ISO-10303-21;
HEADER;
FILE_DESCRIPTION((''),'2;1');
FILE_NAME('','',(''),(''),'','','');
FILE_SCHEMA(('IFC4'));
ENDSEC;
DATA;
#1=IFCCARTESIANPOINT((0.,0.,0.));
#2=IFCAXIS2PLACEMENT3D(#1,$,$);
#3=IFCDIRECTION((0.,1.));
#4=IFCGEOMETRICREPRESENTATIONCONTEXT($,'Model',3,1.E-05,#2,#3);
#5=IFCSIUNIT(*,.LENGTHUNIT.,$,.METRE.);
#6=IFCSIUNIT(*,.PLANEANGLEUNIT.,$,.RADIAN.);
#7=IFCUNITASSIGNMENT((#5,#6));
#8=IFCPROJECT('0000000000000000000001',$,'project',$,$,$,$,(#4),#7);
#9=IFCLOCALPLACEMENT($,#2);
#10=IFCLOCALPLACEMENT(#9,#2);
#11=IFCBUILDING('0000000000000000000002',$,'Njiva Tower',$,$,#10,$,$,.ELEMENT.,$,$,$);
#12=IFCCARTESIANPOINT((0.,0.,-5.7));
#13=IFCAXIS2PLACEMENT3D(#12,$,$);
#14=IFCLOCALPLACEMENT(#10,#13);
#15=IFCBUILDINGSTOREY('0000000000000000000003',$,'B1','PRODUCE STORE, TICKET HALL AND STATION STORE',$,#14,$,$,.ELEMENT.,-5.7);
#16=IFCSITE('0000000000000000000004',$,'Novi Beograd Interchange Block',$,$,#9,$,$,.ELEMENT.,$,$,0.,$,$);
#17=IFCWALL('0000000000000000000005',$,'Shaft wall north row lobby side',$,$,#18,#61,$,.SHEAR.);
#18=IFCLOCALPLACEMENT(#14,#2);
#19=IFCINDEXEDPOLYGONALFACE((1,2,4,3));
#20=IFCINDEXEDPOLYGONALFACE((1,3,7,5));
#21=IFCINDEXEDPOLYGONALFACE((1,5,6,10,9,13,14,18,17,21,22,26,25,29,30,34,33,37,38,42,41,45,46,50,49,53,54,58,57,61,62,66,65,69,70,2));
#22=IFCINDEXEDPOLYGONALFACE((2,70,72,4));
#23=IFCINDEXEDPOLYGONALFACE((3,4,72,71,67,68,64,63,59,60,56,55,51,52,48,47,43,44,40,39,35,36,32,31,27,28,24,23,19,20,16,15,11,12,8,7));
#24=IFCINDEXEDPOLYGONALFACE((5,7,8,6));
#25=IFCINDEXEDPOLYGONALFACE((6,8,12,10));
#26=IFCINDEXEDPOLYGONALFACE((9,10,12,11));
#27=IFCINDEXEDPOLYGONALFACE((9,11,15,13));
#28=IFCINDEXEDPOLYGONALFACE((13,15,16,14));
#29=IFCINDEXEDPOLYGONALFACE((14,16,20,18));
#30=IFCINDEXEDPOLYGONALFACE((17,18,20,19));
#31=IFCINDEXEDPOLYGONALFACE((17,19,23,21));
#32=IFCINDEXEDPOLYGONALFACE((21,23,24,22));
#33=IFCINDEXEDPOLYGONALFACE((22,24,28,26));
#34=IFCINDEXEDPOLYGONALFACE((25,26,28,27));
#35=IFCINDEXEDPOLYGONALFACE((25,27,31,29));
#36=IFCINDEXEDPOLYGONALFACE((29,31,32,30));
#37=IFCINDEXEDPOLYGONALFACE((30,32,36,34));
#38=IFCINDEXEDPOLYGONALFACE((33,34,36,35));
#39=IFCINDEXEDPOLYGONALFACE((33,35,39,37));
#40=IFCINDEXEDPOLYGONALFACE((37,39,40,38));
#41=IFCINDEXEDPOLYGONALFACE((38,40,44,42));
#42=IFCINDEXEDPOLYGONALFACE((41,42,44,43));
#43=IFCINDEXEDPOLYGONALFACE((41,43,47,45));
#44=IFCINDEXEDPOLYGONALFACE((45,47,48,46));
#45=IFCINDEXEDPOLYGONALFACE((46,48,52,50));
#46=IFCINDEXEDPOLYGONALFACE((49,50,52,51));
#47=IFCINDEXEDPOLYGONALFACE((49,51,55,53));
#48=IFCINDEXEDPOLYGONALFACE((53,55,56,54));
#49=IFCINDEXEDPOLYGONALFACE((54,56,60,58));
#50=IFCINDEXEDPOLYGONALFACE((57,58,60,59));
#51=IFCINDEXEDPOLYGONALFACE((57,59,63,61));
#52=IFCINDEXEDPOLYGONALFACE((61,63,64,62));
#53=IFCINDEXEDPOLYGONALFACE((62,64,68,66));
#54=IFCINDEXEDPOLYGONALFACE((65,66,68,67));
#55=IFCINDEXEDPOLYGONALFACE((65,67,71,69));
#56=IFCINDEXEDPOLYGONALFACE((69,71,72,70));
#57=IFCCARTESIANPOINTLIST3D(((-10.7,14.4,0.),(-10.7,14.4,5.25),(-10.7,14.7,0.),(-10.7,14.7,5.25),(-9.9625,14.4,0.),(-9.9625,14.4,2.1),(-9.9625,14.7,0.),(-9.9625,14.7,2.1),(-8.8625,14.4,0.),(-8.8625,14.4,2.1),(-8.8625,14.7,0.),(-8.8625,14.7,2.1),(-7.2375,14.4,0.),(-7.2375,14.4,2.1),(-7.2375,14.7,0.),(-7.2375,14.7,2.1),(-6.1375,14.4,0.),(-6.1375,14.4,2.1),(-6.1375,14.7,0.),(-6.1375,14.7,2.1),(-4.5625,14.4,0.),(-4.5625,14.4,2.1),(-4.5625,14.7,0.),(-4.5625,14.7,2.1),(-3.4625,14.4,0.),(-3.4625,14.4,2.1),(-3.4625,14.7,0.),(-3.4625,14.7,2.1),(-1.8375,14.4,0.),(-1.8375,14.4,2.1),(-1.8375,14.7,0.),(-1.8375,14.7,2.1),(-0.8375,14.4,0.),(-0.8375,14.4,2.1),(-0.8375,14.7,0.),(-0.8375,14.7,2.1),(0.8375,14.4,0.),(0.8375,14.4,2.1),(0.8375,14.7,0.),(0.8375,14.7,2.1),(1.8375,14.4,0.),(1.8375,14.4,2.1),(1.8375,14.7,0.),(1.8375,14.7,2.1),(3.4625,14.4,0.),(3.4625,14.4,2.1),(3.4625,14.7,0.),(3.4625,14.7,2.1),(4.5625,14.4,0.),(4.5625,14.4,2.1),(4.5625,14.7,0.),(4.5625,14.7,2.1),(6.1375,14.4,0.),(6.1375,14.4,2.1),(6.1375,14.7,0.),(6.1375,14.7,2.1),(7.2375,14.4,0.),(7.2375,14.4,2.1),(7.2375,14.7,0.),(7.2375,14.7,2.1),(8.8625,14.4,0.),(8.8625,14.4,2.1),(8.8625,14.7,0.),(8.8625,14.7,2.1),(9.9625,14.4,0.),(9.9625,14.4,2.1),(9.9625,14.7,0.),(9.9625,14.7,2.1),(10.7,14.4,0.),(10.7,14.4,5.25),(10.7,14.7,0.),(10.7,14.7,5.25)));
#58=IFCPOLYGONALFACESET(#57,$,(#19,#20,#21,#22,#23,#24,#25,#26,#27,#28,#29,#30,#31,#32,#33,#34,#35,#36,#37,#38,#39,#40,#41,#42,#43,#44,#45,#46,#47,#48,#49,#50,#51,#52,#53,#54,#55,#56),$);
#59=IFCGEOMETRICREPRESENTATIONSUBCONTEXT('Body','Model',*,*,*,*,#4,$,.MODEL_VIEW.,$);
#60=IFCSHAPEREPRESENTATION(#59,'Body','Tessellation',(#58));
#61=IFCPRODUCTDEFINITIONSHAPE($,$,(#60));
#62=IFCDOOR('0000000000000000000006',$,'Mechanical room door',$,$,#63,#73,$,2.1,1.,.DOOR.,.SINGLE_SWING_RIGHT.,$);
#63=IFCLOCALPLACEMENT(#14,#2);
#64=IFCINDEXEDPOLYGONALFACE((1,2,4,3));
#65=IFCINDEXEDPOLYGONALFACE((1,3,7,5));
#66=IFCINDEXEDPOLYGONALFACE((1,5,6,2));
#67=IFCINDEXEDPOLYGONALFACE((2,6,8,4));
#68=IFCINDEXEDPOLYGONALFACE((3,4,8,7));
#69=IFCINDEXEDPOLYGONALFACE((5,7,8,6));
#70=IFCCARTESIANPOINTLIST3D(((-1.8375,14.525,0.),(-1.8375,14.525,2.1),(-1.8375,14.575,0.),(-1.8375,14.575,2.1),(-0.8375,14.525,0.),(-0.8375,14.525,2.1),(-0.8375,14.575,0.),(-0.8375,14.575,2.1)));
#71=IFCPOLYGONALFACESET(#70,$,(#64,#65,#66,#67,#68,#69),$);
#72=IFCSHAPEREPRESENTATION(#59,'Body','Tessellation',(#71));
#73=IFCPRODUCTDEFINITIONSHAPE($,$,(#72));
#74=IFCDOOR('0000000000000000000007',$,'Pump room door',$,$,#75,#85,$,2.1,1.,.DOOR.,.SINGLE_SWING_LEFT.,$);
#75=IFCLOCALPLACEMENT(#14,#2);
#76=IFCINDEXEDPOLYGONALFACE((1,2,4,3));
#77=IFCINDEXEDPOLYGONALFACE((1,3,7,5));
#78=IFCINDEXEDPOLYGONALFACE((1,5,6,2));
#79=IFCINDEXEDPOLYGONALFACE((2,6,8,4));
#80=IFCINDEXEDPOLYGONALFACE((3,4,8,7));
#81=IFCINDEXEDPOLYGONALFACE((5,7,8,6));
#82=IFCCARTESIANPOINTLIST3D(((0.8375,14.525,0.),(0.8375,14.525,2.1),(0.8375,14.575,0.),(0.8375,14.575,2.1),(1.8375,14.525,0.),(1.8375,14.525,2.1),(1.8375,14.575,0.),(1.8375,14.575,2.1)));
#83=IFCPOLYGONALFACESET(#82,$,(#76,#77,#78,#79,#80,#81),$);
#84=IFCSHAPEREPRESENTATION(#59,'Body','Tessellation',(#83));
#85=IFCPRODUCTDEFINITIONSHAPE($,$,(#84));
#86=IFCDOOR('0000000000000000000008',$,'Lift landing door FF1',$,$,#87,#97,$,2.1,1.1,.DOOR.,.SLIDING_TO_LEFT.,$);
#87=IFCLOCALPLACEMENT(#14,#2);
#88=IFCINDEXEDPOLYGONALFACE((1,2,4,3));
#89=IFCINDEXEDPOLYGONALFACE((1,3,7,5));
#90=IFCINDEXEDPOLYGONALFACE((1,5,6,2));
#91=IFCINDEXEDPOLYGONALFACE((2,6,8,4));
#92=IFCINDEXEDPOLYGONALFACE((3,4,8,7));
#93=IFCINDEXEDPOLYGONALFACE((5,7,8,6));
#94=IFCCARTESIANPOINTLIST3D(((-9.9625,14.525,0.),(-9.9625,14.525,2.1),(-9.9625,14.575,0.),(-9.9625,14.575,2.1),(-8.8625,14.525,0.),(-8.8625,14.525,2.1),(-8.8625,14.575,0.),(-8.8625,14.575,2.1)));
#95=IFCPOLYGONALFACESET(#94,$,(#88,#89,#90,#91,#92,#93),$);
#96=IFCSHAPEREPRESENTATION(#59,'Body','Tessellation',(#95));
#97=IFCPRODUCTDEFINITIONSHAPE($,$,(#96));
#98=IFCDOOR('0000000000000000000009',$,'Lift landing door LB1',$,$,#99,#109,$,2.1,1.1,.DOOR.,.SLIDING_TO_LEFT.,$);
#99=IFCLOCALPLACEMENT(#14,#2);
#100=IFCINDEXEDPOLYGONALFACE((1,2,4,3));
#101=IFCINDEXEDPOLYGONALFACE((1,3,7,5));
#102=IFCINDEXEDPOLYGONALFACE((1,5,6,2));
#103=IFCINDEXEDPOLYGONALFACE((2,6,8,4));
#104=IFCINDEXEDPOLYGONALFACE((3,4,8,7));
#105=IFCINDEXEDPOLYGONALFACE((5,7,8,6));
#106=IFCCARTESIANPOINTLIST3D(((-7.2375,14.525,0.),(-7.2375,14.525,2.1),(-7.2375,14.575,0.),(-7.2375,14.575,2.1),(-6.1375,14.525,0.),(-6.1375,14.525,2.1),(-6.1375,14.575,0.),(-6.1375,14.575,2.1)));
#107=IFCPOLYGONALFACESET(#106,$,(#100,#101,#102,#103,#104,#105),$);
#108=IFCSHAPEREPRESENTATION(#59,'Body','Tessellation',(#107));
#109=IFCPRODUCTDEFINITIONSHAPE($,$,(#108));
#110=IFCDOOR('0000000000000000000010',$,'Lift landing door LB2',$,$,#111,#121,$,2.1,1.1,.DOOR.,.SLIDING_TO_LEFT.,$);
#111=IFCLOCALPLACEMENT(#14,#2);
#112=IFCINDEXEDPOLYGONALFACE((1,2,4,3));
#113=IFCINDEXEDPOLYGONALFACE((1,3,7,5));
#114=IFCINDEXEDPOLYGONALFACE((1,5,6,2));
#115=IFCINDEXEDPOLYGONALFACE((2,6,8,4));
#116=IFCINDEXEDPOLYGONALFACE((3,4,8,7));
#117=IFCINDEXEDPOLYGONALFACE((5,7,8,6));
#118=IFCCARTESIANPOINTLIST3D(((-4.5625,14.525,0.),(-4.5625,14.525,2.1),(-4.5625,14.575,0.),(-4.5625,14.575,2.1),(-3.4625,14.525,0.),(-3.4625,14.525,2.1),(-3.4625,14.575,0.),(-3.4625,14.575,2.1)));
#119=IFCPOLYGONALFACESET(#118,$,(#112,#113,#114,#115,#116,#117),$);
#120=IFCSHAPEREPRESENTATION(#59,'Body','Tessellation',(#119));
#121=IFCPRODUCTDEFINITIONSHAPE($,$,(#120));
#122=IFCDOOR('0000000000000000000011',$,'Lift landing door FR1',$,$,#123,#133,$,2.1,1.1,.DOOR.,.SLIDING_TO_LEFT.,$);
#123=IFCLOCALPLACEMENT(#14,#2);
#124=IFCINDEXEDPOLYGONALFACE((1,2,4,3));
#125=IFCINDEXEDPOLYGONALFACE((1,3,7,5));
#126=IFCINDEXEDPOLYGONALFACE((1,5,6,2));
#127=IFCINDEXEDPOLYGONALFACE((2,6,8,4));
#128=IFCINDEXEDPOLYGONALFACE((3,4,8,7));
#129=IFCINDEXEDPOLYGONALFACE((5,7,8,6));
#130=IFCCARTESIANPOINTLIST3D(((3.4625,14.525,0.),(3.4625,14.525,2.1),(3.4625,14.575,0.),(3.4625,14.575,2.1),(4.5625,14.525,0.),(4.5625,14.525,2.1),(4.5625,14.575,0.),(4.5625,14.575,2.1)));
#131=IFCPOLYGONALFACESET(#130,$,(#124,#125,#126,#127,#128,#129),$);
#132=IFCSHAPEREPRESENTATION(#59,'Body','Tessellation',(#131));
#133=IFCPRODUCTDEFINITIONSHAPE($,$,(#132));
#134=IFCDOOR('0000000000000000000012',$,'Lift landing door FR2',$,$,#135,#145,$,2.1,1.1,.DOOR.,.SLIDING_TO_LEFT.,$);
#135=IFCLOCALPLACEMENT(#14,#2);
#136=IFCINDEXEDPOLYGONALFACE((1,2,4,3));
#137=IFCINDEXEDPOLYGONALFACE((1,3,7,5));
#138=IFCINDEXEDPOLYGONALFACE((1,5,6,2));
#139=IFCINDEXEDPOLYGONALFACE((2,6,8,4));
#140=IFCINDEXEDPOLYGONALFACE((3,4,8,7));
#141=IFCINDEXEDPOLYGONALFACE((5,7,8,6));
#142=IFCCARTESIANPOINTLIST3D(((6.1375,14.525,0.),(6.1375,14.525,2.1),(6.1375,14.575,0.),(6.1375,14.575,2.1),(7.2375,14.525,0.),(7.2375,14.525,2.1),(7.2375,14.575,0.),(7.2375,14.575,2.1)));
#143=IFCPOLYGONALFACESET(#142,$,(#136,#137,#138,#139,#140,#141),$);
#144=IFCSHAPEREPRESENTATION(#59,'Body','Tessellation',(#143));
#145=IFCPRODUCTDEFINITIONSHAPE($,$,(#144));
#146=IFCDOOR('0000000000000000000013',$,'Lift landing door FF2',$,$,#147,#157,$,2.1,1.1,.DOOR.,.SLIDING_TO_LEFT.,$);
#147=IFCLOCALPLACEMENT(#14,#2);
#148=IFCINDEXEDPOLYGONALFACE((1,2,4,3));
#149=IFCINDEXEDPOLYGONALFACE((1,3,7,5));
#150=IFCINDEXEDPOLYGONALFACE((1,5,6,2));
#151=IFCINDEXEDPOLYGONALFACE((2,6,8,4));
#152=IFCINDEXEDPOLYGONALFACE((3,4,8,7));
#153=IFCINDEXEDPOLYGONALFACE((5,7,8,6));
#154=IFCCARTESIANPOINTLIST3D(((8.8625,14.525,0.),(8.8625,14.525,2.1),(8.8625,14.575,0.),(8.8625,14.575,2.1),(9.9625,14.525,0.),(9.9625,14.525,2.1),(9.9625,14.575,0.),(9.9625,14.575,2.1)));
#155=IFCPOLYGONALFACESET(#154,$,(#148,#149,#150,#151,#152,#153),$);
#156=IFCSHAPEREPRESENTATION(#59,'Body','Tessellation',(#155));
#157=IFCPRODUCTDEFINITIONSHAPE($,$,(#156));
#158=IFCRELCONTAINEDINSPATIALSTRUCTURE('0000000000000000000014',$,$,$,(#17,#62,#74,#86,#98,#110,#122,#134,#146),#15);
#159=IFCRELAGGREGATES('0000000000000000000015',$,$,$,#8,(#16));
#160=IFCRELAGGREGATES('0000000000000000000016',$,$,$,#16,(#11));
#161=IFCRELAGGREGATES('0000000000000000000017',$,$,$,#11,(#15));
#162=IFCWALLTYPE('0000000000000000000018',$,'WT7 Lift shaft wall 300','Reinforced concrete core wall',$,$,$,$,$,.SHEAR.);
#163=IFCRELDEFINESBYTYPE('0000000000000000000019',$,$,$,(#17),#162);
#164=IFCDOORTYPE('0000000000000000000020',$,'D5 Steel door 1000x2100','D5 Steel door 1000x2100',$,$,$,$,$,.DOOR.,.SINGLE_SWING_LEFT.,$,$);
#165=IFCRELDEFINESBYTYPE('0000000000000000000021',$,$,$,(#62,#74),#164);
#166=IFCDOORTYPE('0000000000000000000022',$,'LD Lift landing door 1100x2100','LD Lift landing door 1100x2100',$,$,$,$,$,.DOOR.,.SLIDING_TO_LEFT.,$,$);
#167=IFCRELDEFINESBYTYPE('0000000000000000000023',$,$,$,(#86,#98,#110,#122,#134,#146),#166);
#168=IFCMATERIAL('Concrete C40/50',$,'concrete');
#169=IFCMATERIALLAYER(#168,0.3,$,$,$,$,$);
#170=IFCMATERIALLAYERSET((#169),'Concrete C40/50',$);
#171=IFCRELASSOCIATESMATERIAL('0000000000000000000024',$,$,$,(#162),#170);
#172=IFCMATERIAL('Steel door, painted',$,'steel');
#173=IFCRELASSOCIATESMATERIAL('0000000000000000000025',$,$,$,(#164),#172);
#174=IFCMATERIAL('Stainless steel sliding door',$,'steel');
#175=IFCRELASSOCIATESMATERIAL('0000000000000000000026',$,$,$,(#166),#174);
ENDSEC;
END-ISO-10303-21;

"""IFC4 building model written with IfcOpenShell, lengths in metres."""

from ifc_helpers import new_model, si_unit, direction, frame, frame_2d, origin, place, context, subcontext, project, spatial, rectangle, extrude, material, layer, layer_set, type_object, element, fill, save


model = new_model("IFC4")

# Units and contexts
model_context = context("Model", 3, precision=1e-05, world=origin(), true_north=direction((0.0, 1.0)))
body_context = subcontext(model_context, "Body", "Model", "MODEL_VIEW")
ifc_project = project(units=[si_unit("LENGTHUNIT", "METRE"), si_unit("PLANEANGLEUNIT", "RADIAN")], contexts=[model_context])

# Site, building, storey
site_placement = place(None, origin())
site = spatial("IfcSite", under=ifc_project, at=site_placement, Name="Novi Beograd Interchange Block", CompositionType="ELEMENT", RefElevation=0.0)
building_placement = place(site_placement, origin())
building = spatial("IfcBuilding", under=site, at=building_placement, Name="Njiva Tower", CompositionType="ELEMENT")
storey_placement = place(building_placement, frame((0.0, 0.0, -5.7)))
storey = spatial("IfcBuildingStorey", under=building, at=storey_placement, Name="B1", Description="PRODUCE STORE, TICKET HALL AND STATION STORE", CompositionType="ELEMENT", Elevation=-5.7)

# Shared definitions
ifc_material_1 = material(Name="Concrete C40/50", Category="concrete")

# Wall, openings, doors
ifc_layer_1 = layer(ifc_material_1, 0.3)
ifc_layer_set_1 = layer_set([ifc_layer_1], Name="Concrete C40/50")
wall_type_1 = type_object("IfcWallType", Name="WT7 Lift shaft wall 300", Description="Reinforced concrete core wall", PredefinedType="SHEAR", material=ifc_layer_set_1)
wall_1_placement = place(storey_placement, frame((-10.7, 14.55, 0.0), z_axis=(0.0, 0.0, 1.0), x_axis=(1.0, 0.0, 0.0)))
wall_1 = element("IfcWall", 1, at=wall_1_placement, inside=storey, type_object=wall_type_1, Name="Shaft wall north row lobby side", PredefinedType="SHEAR", context=body_context, shape_type="SweptSolid", body=[
    extrude(rectangle(XDim=21.4, YDim=0.3, at=frame_2d((10.7, 0.0))), origin(), (0.0, 0.0, 1.0), 5.25),
])
opening_1_placement = place(wall_1_placement, frame((0.7375, 0.0, 0.0)))
opening_1 = element("IfcOpeningElement", 2, at=opening_1_placement, cuts=wall_1, PredefinedType="OPENING", context=body_context, shape_type="SweptSolid", body=[
    extrude(rectangle(XDim=1.1, YDim=2.1, at=frame_2d((0.55, 1.05))), frame((0.0, 0.16, 0.0), z_axis=(0.0, -1.0, 0.0), x_axis=(1.0, 0.0, 0.0)), (0.0, 0.0, 1.0), 0.32),
])
opening_2_placement = place(wall_1_placement, frame((3.4625, 0.0, 0.0)))
opening_2 = element("IfcOpeningElement", 3, at=opening_2_placement, cuts=wall_1, PredefinedType="OPENING", context=body_context, shape_type="SweptSolid", body=[
    extrude(rectangle(XDim=1.1, YDim=2.1, at=frame_2d((0.55, 1.05))), frame((0.0, 0.16, 0.0), z_axis=(0.0, -1.0, 0.0), x_axis=(1.0, 0.0, 0.0)), (0.0, 0.0, 1.0), 0.32),
])
opening_3_placement = place(wall_1_placement, frame((6.1375, 0.0, 0.0)))
opening_3 = element("IfcOpeningElement", 4, at=opening_3_placement, cuts=wall_1, PredefinedType="OPENING", context=body_context, shape_type="SweptSolid", body=[
    extrude(rectangle(XDim=1.1, YDim=2.1, at=frame_2d((0.55, 1.05))), frame((0.0, 0.16, 0.0), z_axis=(0.0, -1.0, 0.0), x_axis=(1.0, 0.0, 0.0)), (0.0, 0.0, 1.0), 0.32),
])
opening_4_placement = place(wall_1_placement, frame((14.1625, 0.0, 0.0)))
opening_4 = element("IfcOpeningElement", 5, at=opening_4_placement, cuts=wall_1, PredefinedType="OPENING", context=body_context, shape_type="SweptSolid", body=[
    extrude(rectangle(XDim=1.1, YDim=2.1, at=frame_2d((0.55, 1.05))), frame((0.0, 0.16, 0.0), z_axis=(0.0, -1.0, 0.0), x_axis=(1.0, 0.0, 0.0)), (0.0, 0.0, 1.0), 0.32),
])
opening_5_placement = place(wall_1_placement, frame((16.8375, 0.0, 0.0)))
opening_5 = element("IfcOpeningElement", 6, at=opening_5_placement, cuts=wall_1, PredefinedType="OPENING", context=body_context, shape_type="SweptSolid", body=[
    extrude(rectangle(XDim=1.1, YDim=2.1, at=frame_2d((0.55, 1.05))), frame((0.0, 0.16, 0.0), z_axis=(0.0, -1.0, 0.0), x_axis=(1.0, 0.0, 0.0)), (0.0, 0.0, 1.0), 0.32),
])
opening_6_placement = place(wall_1_placement, frame((19.5625, 0.0, 0.0)))
opening_6 = element("IfcOpeningElement", 7, at=opening_6_placement, cuts=wall_1, PredefinedType="OPENING", context=body_context, shape_type="SweptSolid", body=[
    extrude(rectangle(XDim=1.1, YDim=2.1, at=frame_2d((0.55, 1.05))), frame((0.0, 0.16, 0.0), z_axis=(0.0, -1.0, 0.0), x_axis=(1.0, 0.0, 0.0)), (0.0, 0.0, 1.0), 0.32),
])
opening_7_placement = place(wall_1_placement, frame((8.8625, 0.0, 0.0)))
opening_7 = element("IfcOpeningElement", 8, at=opening_7_placement, cuts=wall_1, PredefinedType="OPENING", context=body_context, shape_type="SweptSolid", body=[
    extrude(rectangle(XDim=1.0, YDim=2.1, at=frame_2d((0.5, 1.05))), frame((0.0, 0.16, 0.0), z_axis=(0.0, -1.0, 0.0), x_axis=(1.0, 0.0, 0.0)), (0.0, 0.0, 1.0), 0.32),
])
opening_8_placement = place(wall_1_placement, frame((11.5375, 0.0, 0.0)))
opening_8 = element("IfcOpeningElement", 9, at=opening_8_placement, cuts=wall_1, PredefinedType="OPENING", context=body_context, shape_type="SweptSolid", body=[
    extrude(rectangle(XDim=1.0, YDim=2.1, at=frame_2d((0.5, 1.05))), frame((0.0, 0.16, 0.0), z_axis=(0.0, -1.0, 0.0), x_axis=(1.0, 0.0, 0.0)), (0.0, 0.0, 1.0), 0.32),
])
ifc_material_2 = material(Name="Steel door, painted", Category="steel")
door_type_1 = type_object("IfcDoorType", Name="D5 Steel door 1000x2100", Description="D5 Steel door 1000x2100", OperationType="SINGLE_SWING_LEFT", PredefinedType="DOOR", material=ifc_material_2)
door_1_placement = place(opening_7_placement, origin())
door_1 = element("IfcDoor", 10, at=door_1_placement, inside=storey, type_object=door_type_1, Name="Mechanical room door", OperationType="SINGLE_SWING_RIGHT", OverallHeight=2.1, OverallWidth=1.0, PredefinedType="DOOR", context=body_context, shape_type="SweptSolid", body=[
    extrude(rectangle(XDim=1.0, YDim=2.1, at=frame_2d((0.5, 1.05))), frame((0.0, 0.025, 0.0), z_axis=(0.0, -1.0, 0.0), x_axis=(1.0, 0.0, 0.0)), (0.0, 0.0, 1.0), 0.05),
])
fill(opening_7, door_1)
door_2_placement = place(opening_8_placement, origin())
door_2 = element("IfcDoor", 11, at=door_2_placement, inside=storey, type_object=door_type_1, Name="Pump room door", OperationType="SINGLE_SWING_LEFT", OverallHeight=2.1, OverallWidth=1.0, PredefinedType="DOOR", context=body_context, shape_type="SweptSolid", body=[
    extrude(rectangle(XDim=1.0, YDim=2.1, at=frame_2d((0.5, 1.05))), frame((0.0, 0.025, 0.0), z_axis=(0.0, -1.0, 0.0), x_axis=(1.0, 0.0, 0.0)), (0.0, 0.0, 1.0), 0.05),
])
fill(opening_8, door_2)
ifc_material_3 = material(Name="Stainless steel sliding door", Category="steel")
door_type_2 = type_object("IfcDoorType", Name="LD Lift landing door 1100x2100", Description="LD Lift landing door 1100x2100", OperationType="SLIDING_TO_LEFT", PredefinedType="DOOR", material=ifc_material_3)
door_3_placement = place(opening_1_placement, origin())
door_3 = element("IfcDoor", 12, at=door_3_placement, inside=storey, type_object=door_type_2, Name="Lift landing door FF1", OperationType="SLIDING_TO_LEFT", OverallHeight=2.1, OverallWidth=1.1, PredefinedType="DOOR", context=body_context, shape_type="SweptSolid", body=[
    extrude(rectangle(XDim=1.1, YDim=2.1, at=frame_2d((0.55, 1.05))), frame((0.0, 0.025, 0.0), z_axis=(0.0, -1.0, 0.0), x_axis=(1.0, 0.0, 0.0)), (0.0, 0.0, 1.0), 0.05),
])
fill(opening_1, door_3)
door_4_placement = place(opening_2_placement, origin())
door_4 = element("IfcDoor", 13, at=door_4_placement, inside=storey, type_object=door_type_2, Name="Lift landing door LB1", OperationType="SLIDING_TO_LEFT", OverallHeight=2.1, OverallWidth=1.1, PredefinedType="DOOR", context=body_context, shape_type="SweptSolid", body=[
    extrude(rectangle(XDim=1.1, YDim=2.1, at=frame_2d((0.55, 1.05))), frame((0.0, 0.025, 0.0), z_axis=(0.0, -1.0, 0.0), x_axis=(1.0, 0.0, 0.0)), (0.0, 0.0, 1.0), 0.05),
])
fill(opening_2, door_4)
door_5_placement = place(opening_3_placement, origin())
door_5 = element("IfcDoor", 14, at=door_5_placement, inside=storey, type_object=door_type_2, Name="Lift landing door LB2", OperationType="SLIDING_TO_LEFT", OverallHeight=2.1, OverallWidth=1.1, PredefinedType="DOOR", context=body_context, shape_type="SweptSolid", body=[
    extrude(rectangle(XDim=1.1, YDim=2.1, at=frame_2d((0.55, 1.05))), frame((0.0, 0.025, 0.0), z_axis=(0.0, -1.0, 0.0), x_axis=(1.0, 0.0, 0.0)), (0.0, 0.0, 1.0), 0.05),
])
fill(opening_3, door_5)
door_6_placement = place(opening_4_placement, origin())
door_6 = element("IfcDoor", 15, at=door_6_placement, inside=storey, type_object=door_type_2, Name="Lift landing door FR1", OperationType="SLIDING_TO_LEFT", OverallHeight=2.1, OverallWidth=1.1, PredefinedType="DOOR", context=body_context, shape_type="SweptSolid", body=[
    extrude(rectangle(XDim=1.1, YDim=2.1, at=frame_2d((0.55, 1.05))), frame((0.0, 0.025, 0.0), z_axis=(0.0, -1.0, 0.0), x_axis=(1.0, 0.0, 0.0)), (0.0, 0.0, 1.0), 0.05),
])
fill(opening_4, door_6)
door_7_placement = place(opening_5_placement, origin())
door_7 = element("IfcDoor", 16, at=door_7_placement, inside=storey, type_object=door_type_2, Name="Lift landing door FR2", OperationType="SLIDING_TO_LEFT", OverallHeight=2.1, OverallWidth=1.1, PredefinedType="DOOR", context=body_context, shape_type="SweptSolid", body=[
    extrude(rectangle(XDim=1.1, YDim=2.1, at=frame_2d((0.55, 1.05))), frame((0.0, 0.025, 0.0), z_axis=(0.0, -1.0, 0.0), x_axis=(1.0, 0.0, 0.0)), (0.0, 0.0, 1.0), 0.05),
])
fill(opening_5, door_7)
door_8_placement = place(opening_6_placement, origin())
door_8 = element("IfcDoor", 17, at=door_8_placement, inside=storey, type_object=door_type_2, Name="Lift landing door FF2", OperationType="SLIDING_TO_LEFT", OverallHeight=2.1, OverallWidth=1.1, PredefinedType="DOOR", context=body_context, shape_type="SweptSolid", body=[
    extrude(rectangle(XDim=1.1, YDim=2.1, at=frame_2d((0.55, 1.05))), frame((0.0, 0.025, 0.0), z_axis=(0.0, -1.0, 0.0), x_axis=(1.0, 0.0, 0.0)), (0.0, 0.0, 1.0), 0.05),
])
fill(opening_6, door_8)

save(model, "model.ifc")
